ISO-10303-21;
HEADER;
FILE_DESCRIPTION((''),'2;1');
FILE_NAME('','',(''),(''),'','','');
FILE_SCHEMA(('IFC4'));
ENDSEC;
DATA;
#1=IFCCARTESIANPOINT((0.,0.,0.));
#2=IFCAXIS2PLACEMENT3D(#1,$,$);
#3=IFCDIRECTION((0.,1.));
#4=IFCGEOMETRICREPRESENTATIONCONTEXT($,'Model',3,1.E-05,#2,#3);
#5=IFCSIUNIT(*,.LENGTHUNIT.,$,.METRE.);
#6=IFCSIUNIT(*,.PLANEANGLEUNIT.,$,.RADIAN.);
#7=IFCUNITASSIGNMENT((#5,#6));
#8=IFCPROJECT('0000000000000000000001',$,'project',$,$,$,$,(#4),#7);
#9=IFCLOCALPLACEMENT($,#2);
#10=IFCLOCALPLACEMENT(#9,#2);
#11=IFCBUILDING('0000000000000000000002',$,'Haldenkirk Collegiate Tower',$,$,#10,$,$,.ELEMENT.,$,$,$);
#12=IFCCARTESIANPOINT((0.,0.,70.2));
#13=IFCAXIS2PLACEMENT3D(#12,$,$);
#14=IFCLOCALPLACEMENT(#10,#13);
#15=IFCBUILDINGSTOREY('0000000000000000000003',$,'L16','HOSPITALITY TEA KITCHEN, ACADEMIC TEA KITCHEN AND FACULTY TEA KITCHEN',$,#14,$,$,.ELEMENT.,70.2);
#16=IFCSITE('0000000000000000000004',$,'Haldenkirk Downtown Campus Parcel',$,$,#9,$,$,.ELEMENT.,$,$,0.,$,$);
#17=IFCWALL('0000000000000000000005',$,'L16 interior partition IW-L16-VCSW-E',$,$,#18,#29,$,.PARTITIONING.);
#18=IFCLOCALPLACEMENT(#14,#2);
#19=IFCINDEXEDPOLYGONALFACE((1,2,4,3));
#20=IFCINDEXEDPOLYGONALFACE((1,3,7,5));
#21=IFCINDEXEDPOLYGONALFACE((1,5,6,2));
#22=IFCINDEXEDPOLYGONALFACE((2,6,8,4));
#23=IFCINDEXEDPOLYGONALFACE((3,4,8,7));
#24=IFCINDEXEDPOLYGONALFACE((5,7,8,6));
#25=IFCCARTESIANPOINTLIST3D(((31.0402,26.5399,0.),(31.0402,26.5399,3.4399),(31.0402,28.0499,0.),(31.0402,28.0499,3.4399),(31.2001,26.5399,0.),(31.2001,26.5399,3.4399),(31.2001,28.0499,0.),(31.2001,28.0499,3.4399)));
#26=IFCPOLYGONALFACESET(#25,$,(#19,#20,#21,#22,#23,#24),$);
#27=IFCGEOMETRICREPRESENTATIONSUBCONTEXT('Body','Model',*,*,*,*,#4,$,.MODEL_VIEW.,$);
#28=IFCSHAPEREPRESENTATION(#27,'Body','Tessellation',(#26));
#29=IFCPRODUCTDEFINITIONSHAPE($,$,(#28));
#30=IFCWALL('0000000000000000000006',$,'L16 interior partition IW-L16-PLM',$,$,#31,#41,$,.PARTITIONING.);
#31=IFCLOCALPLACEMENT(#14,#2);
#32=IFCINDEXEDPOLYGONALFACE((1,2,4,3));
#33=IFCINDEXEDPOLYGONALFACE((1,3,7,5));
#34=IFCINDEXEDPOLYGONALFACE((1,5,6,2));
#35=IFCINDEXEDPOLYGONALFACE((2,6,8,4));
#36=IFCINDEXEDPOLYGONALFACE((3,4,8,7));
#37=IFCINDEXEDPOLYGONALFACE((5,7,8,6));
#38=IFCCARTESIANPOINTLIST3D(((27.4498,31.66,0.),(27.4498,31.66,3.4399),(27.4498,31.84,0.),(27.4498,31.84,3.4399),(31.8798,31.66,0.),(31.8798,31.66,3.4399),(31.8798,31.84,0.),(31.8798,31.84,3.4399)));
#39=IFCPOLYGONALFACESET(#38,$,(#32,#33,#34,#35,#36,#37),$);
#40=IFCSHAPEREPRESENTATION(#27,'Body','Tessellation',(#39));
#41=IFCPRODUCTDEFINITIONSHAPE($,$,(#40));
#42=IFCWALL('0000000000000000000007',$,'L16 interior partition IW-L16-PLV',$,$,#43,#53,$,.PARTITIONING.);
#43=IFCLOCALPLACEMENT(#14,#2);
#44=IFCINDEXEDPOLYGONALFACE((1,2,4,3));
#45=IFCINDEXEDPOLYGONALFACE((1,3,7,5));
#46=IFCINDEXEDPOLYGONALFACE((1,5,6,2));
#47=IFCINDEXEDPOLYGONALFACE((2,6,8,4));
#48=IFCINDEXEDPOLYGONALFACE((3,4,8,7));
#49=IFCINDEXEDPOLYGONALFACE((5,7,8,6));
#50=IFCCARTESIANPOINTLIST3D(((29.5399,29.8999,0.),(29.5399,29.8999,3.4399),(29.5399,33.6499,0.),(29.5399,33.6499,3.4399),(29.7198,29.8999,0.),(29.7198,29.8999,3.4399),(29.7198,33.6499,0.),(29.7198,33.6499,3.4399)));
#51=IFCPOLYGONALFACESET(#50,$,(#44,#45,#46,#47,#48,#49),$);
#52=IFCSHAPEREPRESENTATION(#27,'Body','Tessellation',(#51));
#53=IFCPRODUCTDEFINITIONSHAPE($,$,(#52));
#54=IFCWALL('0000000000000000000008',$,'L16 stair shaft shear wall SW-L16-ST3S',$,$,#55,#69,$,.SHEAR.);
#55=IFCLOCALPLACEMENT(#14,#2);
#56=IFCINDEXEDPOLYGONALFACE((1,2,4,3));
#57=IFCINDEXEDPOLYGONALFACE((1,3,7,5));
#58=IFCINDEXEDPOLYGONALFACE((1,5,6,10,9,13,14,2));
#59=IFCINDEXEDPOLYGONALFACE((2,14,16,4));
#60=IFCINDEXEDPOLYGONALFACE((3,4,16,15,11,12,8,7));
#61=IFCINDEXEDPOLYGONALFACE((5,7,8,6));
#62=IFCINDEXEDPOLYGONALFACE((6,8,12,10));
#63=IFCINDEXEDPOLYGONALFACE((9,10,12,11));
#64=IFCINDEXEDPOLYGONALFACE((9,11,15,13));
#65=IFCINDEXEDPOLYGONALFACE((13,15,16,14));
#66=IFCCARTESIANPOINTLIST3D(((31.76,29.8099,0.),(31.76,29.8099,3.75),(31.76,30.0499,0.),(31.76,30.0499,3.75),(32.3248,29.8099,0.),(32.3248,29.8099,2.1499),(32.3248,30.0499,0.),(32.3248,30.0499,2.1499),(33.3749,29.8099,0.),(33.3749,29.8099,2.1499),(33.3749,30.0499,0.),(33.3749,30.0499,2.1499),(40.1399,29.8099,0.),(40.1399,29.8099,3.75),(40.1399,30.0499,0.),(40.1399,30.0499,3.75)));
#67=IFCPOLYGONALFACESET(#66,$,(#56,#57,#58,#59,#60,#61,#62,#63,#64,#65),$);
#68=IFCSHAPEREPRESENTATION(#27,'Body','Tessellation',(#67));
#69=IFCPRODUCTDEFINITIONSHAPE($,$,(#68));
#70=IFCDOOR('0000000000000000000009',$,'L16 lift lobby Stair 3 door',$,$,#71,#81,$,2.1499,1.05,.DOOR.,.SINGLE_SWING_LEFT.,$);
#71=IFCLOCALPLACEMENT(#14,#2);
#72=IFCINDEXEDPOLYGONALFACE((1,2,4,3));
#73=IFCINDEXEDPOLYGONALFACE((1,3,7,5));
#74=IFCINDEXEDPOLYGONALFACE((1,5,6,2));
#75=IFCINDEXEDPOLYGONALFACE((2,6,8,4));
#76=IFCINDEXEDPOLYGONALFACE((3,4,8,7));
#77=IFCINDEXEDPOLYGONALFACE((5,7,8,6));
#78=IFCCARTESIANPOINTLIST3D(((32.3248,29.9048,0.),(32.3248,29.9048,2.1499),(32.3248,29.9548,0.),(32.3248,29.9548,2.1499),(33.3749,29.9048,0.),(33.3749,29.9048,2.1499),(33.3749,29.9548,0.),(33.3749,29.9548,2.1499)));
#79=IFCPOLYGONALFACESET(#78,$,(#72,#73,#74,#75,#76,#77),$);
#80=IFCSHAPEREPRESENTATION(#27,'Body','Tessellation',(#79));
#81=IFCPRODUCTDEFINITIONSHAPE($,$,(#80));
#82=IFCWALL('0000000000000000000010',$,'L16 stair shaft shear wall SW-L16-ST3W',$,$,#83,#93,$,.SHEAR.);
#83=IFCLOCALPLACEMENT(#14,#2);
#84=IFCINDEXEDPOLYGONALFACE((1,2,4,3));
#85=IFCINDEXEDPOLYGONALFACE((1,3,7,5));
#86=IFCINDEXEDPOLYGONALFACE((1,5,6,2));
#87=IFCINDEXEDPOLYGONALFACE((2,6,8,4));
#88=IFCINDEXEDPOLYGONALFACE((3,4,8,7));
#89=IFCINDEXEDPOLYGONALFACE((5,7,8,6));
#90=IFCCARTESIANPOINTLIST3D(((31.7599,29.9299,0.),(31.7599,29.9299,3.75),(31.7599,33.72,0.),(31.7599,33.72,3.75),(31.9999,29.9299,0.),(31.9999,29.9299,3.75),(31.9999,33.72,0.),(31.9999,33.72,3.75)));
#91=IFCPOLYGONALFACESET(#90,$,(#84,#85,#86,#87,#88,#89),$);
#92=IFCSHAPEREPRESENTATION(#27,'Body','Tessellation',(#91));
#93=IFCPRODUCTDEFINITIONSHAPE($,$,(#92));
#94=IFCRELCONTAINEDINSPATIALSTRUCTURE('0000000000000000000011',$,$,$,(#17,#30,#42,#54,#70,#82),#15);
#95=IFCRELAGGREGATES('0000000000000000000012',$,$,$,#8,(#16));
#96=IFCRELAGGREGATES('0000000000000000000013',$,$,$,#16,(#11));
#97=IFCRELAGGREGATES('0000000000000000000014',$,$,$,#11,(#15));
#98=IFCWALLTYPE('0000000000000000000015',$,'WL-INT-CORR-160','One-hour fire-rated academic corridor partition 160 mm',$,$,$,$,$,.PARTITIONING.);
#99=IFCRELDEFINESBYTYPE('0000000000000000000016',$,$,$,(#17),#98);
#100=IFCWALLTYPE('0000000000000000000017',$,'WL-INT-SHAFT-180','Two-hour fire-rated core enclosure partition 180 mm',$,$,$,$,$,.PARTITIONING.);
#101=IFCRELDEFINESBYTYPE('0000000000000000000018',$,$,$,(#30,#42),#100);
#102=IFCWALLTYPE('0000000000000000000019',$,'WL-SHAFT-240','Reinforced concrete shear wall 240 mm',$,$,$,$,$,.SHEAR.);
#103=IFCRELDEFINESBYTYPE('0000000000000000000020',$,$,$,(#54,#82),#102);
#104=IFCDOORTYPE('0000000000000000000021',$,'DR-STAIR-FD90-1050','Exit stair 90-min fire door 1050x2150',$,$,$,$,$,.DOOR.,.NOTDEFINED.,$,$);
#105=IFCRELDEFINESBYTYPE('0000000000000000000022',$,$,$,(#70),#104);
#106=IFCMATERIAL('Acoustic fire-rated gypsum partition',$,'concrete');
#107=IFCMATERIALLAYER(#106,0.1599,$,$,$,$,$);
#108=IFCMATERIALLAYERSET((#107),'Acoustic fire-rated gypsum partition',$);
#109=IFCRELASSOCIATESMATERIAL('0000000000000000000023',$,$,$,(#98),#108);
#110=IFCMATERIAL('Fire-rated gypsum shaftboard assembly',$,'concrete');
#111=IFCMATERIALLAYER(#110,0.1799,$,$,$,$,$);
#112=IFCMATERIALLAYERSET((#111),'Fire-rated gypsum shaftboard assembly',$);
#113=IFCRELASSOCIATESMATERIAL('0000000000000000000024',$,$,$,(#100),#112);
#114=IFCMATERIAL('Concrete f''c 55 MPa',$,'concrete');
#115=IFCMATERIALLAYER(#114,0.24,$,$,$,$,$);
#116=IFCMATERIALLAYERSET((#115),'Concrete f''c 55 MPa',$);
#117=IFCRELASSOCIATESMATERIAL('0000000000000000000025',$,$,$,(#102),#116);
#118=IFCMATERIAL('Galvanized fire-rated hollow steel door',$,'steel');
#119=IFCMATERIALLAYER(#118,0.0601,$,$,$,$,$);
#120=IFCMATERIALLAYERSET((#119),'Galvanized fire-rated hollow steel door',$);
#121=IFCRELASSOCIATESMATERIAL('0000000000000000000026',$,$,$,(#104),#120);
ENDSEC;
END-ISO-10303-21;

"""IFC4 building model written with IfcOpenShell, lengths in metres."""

from ifc_helpers import new_model, si_unit, direction, frame, frame_2d, origin, place, context, subcontext, project, spatial, rectangle, extrude, material, layer, layer_set, type_object, element, fill, save


model = new_model("IFC4")

# Units and contexts
model_context = context("Model", 3, precision=1e-05, world=origin(), true_north=direction((0.0, 1.0)))
body_context = subcontext(model_context, "Body", "Model", "MODEL_VIEW")
ifc_project = project(units=[si_unit("LENGTHUNIT", "METRE"), si_unit("PLANEANGLEUNIT", "RADIAN")], contexts=[model_context])

# Site, building, storey
site_placement = place(None, origin())
site = spatial("IfcSite", under=ifc_project, at=site_placement, Name="Haldenkirk Downtown Campus Parcel", CompositionType="ELEMENT", RefElevation=0.0)
building_placement = place(site_placement, origin())
building = spatial("IfcBuilding", under=site, at=building_placement, Name="Haldenkirk Collegiate Tower", CompositionType="ELEMENT")
storey_placement = place(building_placement, frame((0.0, 0.0, 70.2)))
storey = spatial("IfcBuildingStorey", under=building, at=storey_placement, Name="L16", Description="HOSPITALITY TEA KITCHEN, ACADEMIC TEA KITCHEN AND FACULTY TEA KITCHEN", CompositionType="ELEMENT", Elevation=70.2)

# Shared definitions
ifc_material_1 = material(Name="Acoustic fire-rated gypsum partition", Category="concrete")
ifc_layer_1 = layer(ifc_material_1, 0.1599)
ifc_layer_set_1 = layer_set([ifc_layer_1], Name="Acoustic fire-rated gypsum partition")
wall_type_1 = type_object("IfcWallType", Name="WL-INT-CORR-160", Description="One-hour fire-rated academic corridor partition 160 mm", PredefinedType="PARTITIONING", material=ifc_layer_set_1)

# Wall
wall_1_placement = place(storey_placement, frame((31.1201, 26.54, 0.0), z_axis=(0.0, 0.0, 1.0), x_axis=(0.0, 1.0, 0.0)))
element("IfcWall", 1, at=wall_1_placement, inside=storey, type_object=wall_type_1, Name="L16 interior partition IW-L16-VCSW-E", PredefinedType="PARTITIONING", context=body_context, shape_type="SweptSolid", body=[
    extrude(rectangle(XDim=1.51, YDim=0.1599, at=frame_2d((0.7549, 0.0))), origin(), (0.0, 0.0, 1.0), 3.4399),
])

# Shared definitions
ifc_material_2 = material(Name="Fire-rated gypsum shaftboard assembly", Category="concrete")
ifc_layer_2 = layer(ifc_material_2, 0.1799)
ifc_layer_set_2 = layer_set([ifc_layer_2], Name="Fire-rated gypsum shaftboard assembly")
wall_type_2 = type_object("IfcWallType", Name="WL-INT-SHAFT-180", Description="Two-hour fire-rated core enclosure partition 180 mm", PredefinedType="PARTITIONING", material=ifc_layer_set_2)

# Walls
wall_2_placement = place(storey_placement, frame((27.45, 31.75, 0.0), z_axis=(0.0, 0.0, 1.0), x_axis=(1.0, 0.0, 0.0)))
element("IfcWall", 2, at=wall_2_placement, inside=storey, type_object=wall_type_2, Name="L16 interior partition IW-L16-PLM", PredefinedType="PARTITIONING", context=body_context, shape_type="SweptSolid", body=[
    extrude(rectangle(XDim=4.4299, YDim=0.1799, at=frame_2d((2.2148, 0.0))), origin(), (0.0, 0.0, 1.0), 3.4399),
])
wall_3_placement = place(storey_placement, frame((29.6299, 29.8999, 0.0), z_axis=(0.0, 0.0, 1.0), x_axis=(0.0, 1.0, 0.0)))
element("IfcWall", 3, at=wall_3_placement, inside=storey, type_object=wall_type_2, Name="L16 interior partition IW-L16-PLV", PredefinedType="PARTITIONING", context=body_context, shape_type="SweptSolid", body=[
    extrude(rectangle(XDim=3.75, YDim=0.1799, at=frame_2d((1.875, 0.0))), origin(), (0.0, 0.0, 1.0), 3.4399),
])

# Wall, opening, door
ifc_material_3 = material(Name="Concrete f'c 55 MPa", Category="concrete")
ifc_layer_3 = layer(ifc_material_3, 0.24)
ifc_layer_set_3 = layer_set([ifc_layer_3], Name="Concrete f'c 55 MPa")
wall_type_3 = type_object("IfcWallType", Name="WL-SHAFT-240", Description="Reinforced concrete shear wall 240 mm", PredefinedType="SHEAR", material=ifc_layer_set_3)
wall_4_placement = place(storey_placement, frame((31.76, 29.9299, 0.0), z_axis=(0.0, 0.0, 1.0), x_axis=(1.0, 0.0, 0.0)))
wall_4 = element("IfcWall", 4, at=wall_4_placement, inside=storey, type_object=wall_type_3, Name="L16 stair shaft shear wall SW-L16-ST3S", PredefinedType="SHEAR", context=body_context, shape_type="SweptSolid", body=[
    extrude(rectangle(XDim=8.3799, YDim=0.24, at=frame_2d((4.1899, 0.0))), origin(), (0.0, 0.0, 1.0), 3.75),
])
opening_1_placement = place(wall_4_placement, frame((0.5649, 0.0, 0.0)))
opening_1 = element("IfcOpeningElement", 5, at=opening_1_placement, cuts=wall_4, PredefinedType="OPENING", context=body_context, shape_type="SweptSolid", body=[
    extrude(rectangle(XDim=1.05, YDim=2.1499, at=frame_2d((0.5249, 1.075))), frame((0.0, 0.1299, 0.0), z_axis=(0.0, -1.0, 0.0), x_axis=(1.0, 0.0, 0.0)), (0.0, 0.0, 1.0), 0.26),
])
ifc_material_4 = material(Name="Galvanized fire-rated hollow steel door", Category="steel")
ifc_layer_4 = layer(ifc_material_4, 0.0601)
ifc_layer_set_4 = layer_set([ifc_layer_4], Name="Galvanized fire-rated hollow steel door")
door_type_1 = type_object("IfcDoorType", Name="DR-STAIR-FD90-1050", Description="Exit stair 90-min fire door 1050x2150", OperationType="NOTDEFINED", PredefinedType="DOOR", material=ifc_layer_set_4)
door_1_placement = place(opening_1_placement, origin())
door_1 = element("IfcDoor", 6, at=door_1_placement, inside=storey, type_object=door_type_1, Name="L16 lift lobby Stair 3 door", OperationType="SINGLE_SWING_LEFT", OverallHeight=2.1499, OverallWidth=1.05, PredefinedType="DOOR", context=body_context, shape_type="SweptSolid", body=[
    extrude(rectangle(XDim=1.05, YDim=2.1499, at=frame_2d((0.5249, 1.075))), frame((0.0, 0.0249, 0.0), z_axis=(0.0, -1.0, 0.0), x_axis=(1.0, 0.0, 0.0)), (0.0, 0.0, 1.0), 0.05),
])
fill(opening_1, door_1)

# Wall
wall_5_placement = place(storey_placement, frame((31.8799, 29.9299, 0.0), z_axis=(0.0, 0.0, 1.0), x_axis=(0.0, 1.0, 0.0)))
element("IfcWall", 7, at=wall_5_placement, inside=storey, type_object=wall_type_3, Name="L16 stair shaft shear wall SW-L16-ST3W", PredefinedType="SHEAR", context=body_context, shape_type="SweptSolid", body=[
    extrude(rectangle(XDim=3.79, YDim=0.24, at=frame_2d((1.895, 0.0))), origin(), (0.0, 0.0, 1.0), 3.75),
])

save(model, "model.ifc")
